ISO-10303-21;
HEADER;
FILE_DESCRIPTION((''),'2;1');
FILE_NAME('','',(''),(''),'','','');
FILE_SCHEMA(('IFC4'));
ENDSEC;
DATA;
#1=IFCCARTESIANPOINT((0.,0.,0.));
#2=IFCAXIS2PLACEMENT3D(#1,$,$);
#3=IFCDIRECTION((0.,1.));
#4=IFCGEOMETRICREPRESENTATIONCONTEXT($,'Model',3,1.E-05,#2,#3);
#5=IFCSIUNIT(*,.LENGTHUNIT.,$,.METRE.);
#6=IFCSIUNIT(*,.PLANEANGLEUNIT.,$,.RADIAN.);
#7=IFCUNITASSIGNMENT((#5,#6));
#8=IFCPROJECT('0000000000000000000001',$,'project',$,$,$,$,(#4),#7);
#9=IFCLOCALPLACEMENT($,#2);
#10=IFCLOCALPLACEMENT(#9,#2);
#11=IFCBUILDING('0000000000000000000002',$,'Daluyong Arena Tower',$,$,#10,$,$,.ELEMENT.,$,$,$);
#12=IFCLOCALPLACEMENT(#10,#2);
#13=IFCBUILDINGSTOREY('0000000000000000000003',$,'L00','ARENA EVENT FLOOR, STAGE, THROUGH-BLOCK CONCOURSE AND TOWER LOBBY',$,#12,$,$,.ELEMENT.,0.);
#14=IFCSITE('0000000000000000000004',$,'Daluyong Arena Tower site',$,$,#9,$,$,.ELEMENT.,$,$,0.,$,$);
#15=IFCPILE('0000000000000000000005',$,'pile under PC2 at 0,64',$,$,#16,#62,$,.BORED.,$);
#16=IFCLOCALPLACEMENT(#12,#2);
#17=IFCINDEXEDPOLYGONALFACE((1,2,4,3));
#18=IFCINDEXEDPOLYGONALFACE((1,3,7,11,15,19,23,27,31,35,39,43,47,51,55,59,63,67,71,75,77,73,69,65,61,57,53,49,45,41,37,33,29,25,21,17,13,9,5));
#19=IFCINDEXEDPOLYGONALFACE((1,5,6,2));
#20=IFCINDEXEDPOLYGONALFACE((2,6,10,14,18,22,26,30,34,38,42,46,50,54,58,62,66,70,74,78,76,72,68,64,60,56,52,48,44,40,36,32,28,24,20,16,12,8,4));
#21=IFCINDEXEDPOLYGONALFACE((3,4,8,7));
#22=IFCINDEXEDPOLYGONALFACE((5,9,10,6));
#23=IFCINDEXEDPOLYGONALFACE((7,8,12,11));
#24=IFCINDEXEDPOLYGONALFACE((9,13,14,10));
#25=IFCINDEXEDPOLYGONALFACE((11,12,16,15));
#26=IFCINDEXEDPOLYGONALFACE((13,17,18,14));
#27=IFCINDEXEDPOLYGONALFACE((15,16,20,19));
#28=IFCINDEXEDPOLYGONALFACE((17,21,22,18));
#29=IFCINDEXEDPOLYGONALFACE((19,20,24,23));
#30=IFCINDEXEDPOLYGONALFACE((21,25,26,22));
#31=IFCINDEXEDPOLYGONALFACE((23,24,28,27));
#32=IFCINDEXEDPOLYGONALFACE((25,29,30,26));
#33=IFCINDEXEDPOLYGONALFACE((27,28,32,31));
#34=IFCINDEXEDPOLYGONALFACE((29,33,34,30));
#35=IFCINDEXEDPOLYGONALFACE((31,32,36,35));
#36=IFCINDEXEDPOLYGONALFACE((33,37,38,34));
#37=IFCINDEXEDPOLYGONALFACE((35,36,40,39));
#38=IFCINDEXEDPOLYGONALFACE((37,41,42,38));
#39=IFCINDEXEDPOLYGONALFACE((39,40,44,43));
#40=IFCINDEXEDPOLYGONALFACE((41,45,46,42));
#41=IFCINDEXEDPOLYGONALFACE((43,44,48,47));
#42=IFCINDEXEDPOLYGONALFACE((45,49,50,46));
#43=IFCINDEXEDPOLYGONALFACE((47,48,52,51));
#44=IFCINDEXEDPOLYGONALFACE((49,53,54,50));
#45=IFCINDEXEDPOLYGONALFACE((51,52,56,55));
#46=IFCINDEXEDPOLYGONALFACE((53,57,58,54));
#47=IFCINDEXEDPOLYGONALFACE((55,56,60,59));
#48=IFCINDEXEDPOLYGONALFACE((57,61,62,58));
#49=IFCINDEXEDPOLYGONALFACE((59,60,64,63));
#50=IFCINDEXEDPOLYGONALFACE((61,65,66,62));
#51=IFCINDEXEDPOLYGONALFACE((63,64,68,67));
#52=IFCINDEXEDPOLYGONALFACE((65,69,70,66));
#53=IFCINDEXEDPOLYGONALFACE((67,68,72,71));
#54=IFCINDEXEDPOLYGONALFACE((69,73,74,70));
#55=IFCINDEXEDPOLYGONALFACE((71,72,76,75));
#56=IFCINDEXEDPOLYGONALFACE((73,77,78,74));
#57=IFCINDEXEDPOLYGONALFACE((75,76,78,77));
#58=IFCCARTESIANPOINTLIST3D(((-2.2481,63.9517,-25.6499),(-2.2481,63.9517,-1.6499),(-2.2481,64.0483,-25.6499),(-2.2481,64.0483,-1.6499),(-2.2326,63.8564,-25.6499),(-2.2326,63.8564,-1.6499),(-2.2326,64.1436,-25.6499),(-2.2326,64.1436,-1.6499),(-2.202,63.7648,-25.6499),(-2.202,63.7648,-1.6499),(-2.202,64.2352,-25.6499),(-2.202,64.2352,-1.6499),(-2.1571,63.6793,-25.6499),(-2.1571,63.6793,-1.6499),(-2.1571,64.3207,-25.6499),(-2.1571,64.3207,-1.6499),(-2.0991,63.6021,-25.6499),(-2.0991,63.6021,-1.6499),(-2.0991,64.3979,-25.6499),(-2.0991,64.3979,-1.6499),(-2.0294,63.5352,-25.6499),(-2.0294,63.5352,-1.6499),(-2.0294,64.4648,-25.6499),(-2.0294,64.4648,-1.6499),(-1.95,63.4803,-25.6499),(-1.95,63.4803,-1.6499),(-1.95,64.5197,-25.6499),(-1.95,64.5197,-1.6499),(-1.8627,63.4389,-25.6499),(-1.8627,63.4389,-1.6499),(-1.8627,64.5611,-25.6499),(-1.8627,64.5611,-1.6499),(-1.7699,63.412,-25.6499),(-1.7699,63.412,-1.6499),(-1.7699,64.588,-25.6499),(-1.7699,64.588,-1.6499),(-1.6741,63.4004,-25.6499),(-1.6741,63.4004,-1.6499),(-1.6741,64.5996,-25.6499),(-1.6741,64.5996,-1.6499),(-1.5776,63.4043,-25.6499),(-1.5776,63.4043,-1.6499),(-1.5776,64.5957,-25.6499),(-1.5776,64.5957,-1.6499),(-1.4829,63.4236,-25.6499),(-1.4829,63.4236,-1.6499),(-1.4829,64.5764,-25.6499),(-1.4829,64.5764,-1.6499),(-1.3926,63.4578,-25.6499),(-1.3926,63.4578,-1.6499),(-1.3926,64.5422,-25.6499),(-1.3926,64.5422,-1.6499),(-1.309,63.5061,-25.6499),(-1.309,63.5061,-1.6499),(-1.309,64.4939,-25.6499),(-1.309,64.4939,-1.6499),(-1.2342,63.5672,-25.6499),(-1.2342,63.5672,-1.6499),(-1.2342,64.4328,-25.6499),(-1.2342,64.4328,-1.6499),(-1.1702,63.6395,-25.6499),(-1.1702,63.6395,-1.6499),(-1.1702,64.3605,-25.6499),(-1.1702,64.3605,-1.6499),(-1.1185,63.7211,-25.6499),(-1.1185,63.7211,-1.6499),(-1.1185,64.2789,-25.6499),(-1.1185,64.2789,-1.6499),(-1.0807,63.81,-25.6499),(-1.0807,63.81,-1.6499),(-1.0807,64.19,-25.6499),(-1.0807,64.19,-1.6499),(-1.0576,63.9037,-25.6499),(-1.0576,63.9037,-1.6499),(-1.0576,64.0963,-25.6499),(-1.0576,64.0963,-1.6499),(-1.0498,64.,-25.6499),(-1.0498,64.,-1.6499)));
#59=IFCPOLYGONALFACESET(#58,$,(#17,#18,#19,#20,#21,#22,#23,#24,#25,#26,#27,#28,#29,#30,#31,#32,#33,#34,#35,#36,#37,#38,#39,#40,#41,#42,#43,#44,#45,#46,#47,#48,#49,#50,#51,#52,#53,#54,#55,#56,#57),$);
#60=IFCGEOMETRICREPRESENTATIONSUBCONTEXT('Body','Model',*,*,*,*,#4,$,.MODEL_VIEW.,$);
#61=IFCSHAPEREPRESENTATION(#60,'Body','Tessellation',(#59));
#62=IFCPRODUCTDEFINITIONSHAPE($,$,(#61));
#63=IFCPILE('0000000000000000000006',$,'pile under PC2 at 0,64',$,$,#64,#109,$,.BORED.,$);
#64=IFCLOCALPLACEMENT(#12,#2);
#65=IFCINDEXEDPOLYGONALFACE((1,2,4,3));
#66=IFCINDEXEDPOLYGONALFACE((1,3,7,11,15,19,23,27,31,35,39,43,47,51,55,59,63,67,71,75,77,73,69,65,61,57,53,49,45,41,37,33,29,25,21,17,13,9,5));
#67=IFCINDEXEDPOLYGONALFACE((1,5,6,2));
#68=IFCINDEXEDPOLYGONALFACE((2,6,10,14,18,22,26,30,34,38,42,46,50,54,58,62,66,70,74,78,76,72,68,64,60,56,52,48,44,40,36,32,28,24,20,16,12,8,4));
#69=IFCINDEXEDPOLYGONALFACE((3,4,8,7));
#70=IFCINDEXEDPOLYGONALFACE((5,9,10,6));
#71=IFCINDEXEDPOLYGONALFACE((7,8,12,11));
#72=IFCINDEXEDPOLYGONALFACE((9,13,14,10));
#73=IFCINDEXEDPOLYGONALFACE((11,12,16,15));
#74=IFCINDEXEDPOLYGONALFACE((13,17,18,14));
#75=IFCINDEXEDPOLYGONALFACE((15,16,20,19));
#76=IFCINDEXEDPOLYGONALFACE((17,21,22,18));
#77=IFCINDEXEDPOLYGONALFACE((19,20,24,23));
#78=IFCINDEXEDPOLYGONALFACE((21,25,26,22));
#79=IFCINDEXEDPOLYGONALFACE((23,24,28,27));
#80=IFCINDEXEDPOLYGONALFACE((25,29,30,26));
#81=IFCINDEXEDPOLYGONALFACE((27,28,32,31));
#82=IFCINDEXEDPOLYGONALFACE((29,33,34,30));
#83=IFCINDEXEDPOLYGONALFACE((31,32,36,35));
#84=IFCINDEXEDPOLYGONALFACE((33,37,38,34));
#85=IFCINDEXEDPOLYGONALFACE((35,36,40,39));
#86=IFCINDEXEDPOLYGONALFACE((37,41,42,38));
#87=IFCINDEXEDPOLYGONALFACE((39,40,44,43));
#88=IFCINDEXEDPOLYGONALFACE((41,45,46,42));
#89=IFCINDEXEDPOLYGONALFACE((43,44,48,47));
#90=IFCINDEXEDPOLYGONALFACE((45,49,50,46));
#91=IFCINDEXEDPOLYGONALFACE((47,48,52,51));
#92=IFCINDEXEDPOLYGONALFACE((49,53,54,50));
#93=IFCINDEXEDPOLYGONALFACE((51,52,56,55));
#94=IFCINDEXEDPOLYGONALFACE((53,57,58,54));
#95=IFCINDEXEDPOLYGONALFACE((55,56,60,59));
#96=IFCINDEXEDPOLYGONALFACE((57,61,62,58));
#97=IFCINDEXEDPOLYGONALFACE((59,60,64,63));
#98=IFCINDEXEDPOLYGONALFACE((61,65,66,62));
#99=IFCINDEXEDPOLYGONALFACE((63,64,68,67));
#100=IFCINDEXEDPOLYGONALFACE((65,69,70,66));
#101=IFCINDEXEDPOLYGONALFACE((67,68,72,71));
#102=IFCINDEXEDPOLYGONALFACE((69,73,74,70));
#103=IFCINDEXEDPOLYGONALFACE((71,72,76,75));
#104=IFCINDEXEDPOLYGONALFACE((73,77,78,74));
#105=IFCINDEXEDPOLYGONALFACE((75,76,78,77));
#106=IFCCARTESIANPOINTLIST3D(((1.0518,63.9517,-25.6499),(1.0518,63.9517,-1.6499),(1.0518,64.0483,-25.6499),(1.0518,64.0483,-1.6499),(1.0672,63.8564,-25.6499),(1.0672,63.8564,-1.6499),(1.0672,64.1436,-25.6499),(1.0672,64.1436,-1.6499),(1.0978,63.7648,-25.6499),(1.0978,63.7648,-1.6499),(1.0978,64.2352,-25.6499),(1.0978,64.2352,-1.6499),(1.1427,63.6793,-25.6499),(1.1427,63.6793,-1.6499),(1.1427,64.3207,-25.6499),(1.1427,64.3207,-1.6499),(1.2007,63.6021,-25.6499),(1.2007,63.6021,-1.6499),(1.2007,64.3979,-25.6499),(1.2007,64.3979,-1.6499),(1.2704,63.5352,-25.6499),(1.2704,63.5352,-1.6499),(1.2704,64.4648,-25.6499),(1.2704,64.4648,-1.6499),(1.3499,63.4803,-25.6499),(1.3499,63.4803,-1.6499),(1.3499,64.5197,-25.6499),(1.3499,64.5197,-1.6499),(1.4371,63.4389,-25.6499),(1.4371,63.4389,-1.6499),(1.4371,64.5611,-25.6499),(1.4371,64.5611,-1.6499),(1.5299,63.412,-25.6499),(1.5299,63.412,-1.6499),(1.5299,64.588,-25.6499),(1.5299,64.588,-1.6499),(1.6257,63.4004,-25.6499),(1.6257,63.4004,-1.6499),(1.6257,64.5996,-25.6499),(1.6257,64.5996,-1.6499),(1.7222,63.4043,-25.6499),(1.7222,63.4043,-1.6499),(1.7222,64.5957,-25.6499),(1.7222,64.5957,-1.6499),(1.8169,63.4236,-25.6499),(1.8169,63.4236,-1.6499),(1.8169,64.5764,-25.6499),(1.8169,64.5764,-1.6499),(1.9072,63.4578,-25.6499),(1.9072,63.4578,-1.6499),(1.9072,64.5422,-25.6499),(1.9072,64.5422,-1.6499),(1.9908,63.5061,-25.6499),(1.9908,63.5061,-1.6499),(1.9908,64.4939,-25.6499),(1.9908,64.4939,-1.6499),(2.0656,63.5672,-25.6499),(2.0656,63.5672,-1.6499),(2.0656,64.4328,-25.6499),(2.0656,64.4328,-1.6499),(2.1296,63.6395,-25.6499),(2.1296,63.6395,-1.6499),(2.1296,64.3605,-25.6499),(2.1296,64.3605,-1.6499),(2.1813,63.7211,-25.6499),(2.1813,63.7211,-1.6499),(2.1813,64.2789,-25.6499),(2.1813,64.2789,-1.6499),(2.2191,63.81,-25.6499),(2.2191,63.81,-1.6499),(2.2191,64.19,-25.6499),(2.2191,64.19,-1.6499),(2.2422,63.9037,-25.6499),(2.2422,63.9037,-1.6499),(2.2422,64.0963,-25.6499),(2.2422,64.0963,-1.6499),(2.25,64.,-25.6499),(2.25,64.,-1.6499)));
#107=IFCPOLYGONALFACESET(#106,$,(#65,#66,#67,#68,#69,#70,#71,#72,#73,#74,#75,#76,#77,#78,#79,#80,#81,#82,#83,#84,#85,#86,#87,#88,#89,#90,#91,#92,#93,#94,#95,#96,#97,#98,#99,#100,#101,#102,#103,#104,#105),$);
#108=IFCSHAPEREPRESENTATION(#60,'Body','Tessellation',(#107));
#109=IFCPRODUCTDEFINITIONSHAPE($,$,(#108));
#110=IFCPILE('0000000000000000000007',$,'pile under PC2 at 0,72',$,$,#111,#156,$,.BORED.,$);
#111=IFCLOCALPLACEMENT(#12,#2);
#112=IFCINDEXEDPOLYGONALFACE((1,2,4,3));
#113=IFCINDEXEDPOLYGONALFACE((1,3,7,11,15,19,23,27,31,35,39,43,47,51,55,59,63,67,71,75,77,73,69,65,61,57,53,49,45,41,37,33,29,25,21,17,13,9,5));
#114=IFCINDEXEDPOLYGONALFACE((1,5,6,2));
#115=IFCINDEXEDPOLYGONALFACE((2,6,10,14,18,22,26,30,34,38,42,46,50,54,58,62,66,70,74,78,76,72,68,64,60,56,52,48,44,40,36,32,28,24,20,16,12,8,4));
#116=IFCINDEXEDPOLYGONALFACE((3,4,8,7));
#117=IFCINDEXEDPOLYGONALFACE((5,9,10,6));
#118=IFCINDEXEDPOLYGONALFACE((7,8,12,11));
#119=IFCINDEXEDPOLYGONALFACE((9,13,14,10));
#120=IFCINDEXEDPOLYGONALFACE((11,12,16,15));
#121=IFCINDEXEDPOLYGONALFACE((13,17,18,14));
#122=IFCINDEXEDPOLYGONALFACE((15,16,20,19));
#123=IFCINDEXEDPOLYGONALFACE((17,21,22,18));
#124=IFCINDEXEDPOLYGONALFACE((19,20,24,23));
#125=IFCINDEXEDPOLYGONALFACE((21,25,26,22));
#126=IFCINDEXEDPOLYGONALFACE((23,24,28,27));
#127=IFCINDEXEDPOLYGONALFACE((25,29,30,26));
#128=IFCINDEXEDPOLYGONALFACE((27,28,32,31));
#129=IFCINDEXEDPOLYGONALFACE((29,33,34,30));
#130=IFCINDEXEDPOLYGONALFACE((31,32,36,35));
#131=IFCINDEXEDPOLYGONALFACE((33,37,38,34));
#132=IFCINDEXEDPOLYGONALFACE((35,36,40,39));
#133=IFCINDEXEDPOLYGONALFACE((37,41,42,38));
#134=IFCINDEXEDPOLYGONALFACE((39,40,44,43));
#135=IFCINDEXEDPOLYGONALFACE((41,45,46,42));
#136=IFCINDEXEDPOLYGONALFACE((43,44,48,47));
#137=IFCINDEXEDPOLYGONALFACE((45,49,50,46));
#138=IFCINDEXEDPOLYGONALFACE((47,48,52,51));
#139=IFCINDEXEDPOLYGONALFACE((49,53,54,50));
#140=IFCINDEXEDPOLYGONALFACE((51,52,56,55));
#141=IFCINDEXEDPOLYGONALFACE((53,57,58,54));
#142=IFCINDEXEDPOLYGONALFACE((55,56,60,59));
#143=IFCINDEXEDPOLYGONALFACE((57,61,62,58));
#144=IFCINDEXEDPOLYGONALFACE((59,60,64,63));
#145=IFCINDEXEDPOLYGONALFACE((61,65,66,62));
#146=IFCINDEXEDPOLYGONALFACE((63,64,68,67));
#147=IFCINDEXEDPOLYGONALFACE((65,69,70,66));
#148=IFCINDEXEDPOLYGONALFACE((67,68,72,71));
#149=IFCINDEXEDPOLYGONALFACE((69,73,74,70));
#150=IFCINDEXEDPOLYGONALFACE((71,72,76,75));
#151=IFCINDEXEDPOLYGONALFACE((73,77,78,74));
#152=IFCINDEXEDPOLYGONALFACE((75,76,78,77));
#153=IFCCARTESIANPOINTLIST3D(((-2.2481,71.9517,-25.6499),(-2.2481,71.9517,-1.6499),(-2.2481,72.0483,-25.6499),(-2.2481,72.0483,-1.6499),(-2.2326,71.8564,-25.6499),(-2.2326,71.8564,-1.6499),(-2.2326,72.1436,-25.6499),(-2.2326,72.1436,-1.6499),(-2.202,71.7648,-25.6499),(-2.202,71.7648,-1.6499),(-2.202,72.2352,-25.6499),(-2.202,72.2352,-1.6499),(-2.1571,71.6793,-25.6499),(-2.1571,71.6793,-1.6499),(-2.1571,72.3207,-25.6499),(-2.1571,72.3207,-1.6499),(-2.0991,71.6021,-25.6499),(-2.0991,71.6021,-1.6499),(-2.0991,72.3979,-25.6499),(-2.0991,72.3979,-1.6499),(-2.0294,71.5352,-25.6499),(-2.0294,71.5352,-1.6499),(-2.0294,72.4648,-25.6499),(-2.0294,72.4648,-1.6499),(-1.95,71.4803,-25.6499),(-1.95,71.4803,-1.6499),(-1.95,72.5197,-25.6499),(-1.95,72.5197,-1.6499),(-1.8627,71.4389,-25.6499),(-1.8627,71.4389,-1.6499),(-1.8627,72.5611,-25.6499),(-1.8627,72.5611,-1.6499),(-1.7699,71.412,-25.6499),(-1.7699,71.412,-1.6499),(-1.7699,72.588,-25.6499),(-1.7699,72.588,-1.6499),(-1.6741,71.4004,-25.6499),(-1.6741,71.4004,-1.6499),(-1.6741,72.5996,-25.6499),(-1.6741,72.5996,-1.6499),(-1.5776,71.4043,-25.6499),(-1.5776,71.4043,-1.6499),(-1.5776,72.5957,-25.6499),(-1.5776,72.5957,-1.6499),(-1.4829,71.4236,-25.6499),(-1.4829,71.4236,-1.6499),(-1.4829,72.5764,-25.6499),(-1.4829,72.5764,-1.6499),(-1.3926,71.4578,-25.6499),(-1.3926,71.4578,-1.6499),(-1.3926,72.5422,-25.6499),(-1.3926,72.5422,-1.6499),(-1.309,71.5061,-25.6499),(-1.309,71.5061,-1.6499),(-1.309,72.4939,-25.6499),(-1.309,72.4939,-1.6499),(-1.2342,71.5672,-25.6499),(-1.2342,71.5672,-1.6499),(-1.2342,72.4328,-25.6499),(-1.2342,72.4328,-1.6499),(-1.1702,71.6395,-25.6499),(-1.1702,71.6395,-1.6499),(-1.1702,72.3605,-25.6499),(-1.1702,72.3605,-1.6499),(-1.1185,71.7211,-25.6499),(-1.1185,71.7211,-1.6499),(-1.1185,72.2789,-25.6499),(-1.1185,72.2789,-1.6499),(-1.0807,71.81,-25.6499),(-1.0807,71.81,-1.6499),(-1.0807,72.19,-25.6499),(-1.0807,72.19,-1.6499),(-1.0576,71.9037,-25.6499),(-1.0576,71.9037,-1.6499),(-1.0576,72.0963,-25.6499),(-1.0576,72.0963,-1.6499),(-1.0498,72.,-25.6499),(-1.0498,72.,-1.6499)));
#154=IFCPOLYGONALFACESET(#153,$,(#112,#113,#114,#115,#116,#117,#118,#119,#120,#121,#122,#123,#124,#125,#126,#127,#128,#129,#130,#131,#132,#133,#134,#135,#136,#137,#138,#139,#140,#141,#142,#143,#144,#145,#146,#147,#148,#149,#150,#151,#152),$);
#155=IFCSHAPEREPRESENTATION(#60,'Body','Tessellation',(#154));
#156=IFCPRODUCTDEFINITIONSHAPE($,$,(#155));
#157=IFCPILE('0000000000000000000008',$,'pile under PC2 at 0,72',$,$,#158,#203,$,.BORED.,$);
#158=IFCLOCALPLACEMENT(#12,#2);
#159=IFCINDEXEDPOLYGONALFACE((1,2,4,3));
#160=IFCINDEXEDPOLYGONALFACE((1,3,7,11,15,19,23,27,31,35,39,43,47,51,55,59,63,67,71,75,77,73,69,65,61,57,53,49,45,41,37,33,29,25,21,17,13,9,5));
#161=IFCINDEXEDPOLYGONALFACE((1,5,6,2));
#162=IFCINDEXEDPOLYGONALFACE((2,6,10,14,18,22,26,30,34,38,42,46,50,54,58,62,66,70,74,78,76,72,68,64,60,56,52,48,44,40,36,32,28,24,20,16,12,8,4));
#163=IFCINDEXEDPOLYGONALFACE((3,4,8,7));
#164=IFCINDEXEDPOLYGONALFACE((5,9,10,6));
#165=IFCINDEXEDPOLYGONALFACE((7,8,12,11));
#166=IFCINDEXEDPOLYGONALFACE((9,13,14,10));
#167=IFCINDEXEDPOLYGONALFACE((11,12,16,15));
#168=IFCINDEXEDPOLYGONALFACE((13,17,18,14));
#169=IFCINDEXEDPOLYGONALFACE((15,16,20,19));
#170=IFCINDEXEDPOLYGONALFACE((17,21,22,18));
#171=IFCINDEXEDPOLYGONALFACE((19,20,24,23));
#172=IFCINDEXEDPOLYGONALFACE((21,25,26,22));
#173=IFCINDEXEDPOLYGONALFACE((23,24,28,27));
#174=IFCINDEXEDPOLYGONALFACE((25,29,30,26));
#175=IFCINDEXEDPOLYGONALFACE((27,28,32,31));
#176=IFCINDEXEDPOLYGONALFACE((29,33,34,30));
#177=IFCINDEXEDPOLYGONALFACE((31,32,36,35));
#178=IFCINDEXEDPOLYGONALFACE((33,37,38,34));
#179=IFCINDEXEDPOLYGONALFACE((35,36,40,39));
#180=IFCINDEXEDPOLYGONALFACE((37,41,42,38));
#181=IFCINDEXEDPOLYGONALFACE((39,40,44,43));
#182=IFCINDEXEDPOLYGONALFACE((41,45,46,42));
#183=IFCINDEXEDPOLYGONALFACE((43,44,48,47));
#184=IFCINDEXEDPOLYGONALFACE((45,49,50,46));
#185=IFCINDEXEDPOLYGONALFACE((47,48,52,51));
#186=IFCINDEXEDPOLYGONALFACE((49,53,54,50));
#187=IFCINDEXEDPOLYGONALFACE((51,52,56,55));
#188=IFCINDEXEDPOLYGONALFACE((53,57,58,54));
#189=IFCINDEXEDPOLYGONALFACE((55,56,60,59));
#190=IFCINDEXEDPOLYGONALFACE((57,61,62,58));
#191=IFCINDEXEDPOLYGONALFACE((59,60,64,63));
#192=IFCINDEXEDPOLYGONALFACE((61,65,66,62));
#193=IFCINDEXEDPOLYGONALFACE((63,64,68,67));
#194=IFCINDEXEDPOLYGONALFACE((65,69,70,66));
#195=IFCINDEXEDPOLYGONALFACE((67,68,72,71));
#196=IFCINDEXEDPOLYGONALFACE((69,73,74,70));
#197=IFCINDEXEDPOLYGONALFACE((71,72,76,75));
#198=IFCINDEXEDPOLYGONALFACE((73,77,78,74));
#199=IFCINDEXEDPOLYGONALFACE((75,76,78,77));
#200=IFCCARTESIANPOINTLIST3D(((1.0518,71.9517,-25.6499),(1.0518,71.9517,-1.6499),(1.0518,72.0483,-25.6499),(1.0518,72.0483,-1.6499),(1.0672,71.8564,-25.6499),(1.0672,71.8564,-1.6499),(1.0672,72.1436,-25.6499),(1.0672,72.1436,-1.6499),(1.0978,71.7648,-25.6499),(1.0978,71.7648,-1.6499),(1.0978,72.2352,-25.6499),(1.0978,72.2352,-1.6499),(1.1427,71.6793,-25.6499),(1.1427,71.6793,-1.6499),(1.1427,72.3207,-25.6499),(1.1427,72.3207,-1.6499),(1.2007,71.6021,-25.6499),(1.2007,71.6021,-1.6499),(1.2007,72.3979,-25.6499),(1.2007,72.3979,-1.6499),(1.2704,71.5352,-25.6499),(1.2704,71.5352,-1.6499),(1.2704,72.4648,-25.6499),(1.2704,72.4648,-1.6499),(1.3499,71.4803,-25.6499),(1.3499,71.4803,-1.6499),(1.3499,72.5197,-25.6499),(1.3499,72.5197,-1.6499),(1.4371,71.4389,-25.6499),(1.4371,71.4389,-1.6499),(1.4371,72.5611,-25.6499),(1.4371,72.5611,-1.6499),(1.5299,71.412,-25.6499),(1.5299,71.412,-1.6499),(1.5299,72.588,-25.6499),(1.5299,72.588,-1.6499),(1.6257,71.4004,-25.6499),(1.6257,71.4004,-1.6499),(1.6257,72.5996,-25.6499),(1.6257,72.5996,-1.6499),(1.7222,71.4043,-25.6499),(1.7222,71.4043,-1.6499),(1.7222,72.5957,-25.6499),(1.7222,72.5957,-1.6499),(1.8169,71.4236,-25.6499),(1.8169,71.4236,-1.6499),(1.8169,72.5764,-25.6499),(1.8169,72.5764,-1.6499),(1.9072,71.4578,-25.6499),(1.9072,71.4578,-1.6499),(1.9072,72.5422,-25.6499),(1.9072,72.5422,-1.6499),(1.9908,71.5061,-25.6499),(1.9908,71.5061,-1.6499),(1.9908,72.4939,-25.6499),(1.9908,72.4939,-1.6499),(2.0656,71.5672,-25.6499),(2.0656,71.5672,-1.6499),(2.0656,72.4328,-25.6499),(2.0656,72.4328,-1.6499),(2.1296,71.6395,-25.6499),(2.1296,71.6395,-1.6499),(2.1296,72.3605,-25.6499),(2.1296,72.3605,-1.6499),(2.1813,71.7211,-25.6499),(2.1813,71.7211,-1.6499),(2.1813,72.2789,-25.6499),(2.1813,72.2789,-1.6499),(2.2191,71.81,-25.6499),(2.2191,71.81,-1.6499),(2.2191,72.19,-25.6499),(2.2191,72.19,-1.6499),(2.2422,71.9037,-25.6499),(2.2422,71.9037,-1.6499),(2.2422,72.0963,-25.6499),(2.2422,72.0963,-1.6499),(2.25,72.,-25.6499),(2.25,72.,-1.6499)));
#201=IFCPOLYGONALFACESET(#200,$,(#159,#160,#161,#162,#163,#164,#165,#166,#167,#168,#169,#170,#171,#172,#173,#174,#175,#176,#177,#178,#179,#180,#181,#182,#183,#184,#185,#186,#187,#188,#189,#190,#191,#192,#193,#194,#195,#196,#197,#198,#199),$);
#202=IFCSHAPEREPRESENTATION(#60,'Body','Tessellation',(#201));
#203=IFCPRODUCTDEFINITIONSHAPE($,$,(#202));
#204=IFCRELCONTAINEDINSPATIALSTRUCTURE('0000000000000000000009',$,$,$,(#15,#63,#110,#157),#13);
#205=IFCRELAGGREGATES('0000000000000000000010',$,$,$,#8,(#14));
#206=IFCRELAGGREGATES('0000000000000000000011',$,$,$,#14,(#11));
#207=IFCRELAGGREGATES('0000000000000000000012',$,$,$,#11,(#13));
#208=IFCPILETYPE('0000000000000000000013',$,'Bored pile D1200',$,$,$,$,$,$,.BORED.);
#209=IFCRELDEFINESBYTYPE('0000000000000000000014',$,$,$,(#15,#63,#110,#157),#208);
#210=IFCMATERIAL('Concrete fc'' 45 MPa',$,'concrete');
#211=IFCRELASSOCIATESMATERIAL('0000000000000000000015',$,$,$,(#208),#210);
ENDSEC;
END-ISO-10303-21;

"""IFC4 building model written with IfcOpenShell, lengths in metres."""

from ifc_helpers import new_model, si_unit, direction, frame, origin, origin_2d, place, context, subcontext, project, spatial, circle, extrude, material, type_object, element, save


model = new_model("IFC4")

# Units and contexts
model_context = context("Model", 3, precision=1e-05, world=origin(), true_north=direction((0.0, 1.0)))
body_context = subcontext(model_context, "Body", "Model", "MODEL_VIEW")
ifc_project = project(units=[si_unit("LENGTHUNIT", "METRE"), si_unit("PLANEANGLEUNIT", "RADIAN")], contexts=[model_context])

# Site, building, storey
site_placement = place(None, origin())
site = spatial("IfcSite", under=ifc_project, at=site_placement, Name="Daluyong Arena Tower site", CompositionType="ELEMENT", RefElevation=0.0)
building_placement = place(site_placement, origin())
building = spatial("IfcBuilding", under=site, at=building_placement, Name="Daluyong Arena Tower", CompositionType="ELEMENT")
storey_placement = place(building_placement, origin())
storey = spatial("IfcBuildingStorey", under=building, at=storey_placement, Name="L00", Description="ARENA EVENT FLOOR, STAGE, THROUGH-BLOCK CONCOURSE AND TOWER LOBBY", CompositionType="ELEMENT", Elevation=0.0)

# Piles
ifc_material_1 = material(Name="Concrete fc' 45 MPa", Category="concrete")
pile_type = type_object("IfcPileType", Name="Bored pile D1200", PredefinedType="BORED", material=ifc_material_1)
for number, where, z_axis, x_axis, name in (
    (1, (-1.6499, 64.0, -1.6499), (0.0, 0.0, -1.0), (1.0, 0.0, 0.0), "pile under PC2 at 0,64"),
    (2, (1.6499, 64.0, -1.6499), (0.0, 0.0, -1.0), (1.0, 0.0, 0.0), "pile under PC2 at 0,64"),
    (3, (-1.6499, 72.0, -1.6499), (0.0, 0.0, -1.0), (1.0, 0.0, 0.0), "pile under PC2 at 0,72"),
    (4, (1.6499, 72.0, -1.6499), (0.0, 0.0, -1.0), (1.0, 0.0, 0.0), "pile under PC2 at 0,72"),
):
    element("IfcPile", number, at=place(storey_placement, frame(where, z_axis=z_axis, x_axis=x_axis)), inside=storey, type_object=pile_type, Name=name, PredefinedType="BORED", context=body_context, shape_type="SweptSolid", body=[
        extrude(circle(Radius=0.6001, at=origin_2d()), origin(), (0.0, 0.0, 1.0), 24.0),
    ])

save(model, "model.ifc")
